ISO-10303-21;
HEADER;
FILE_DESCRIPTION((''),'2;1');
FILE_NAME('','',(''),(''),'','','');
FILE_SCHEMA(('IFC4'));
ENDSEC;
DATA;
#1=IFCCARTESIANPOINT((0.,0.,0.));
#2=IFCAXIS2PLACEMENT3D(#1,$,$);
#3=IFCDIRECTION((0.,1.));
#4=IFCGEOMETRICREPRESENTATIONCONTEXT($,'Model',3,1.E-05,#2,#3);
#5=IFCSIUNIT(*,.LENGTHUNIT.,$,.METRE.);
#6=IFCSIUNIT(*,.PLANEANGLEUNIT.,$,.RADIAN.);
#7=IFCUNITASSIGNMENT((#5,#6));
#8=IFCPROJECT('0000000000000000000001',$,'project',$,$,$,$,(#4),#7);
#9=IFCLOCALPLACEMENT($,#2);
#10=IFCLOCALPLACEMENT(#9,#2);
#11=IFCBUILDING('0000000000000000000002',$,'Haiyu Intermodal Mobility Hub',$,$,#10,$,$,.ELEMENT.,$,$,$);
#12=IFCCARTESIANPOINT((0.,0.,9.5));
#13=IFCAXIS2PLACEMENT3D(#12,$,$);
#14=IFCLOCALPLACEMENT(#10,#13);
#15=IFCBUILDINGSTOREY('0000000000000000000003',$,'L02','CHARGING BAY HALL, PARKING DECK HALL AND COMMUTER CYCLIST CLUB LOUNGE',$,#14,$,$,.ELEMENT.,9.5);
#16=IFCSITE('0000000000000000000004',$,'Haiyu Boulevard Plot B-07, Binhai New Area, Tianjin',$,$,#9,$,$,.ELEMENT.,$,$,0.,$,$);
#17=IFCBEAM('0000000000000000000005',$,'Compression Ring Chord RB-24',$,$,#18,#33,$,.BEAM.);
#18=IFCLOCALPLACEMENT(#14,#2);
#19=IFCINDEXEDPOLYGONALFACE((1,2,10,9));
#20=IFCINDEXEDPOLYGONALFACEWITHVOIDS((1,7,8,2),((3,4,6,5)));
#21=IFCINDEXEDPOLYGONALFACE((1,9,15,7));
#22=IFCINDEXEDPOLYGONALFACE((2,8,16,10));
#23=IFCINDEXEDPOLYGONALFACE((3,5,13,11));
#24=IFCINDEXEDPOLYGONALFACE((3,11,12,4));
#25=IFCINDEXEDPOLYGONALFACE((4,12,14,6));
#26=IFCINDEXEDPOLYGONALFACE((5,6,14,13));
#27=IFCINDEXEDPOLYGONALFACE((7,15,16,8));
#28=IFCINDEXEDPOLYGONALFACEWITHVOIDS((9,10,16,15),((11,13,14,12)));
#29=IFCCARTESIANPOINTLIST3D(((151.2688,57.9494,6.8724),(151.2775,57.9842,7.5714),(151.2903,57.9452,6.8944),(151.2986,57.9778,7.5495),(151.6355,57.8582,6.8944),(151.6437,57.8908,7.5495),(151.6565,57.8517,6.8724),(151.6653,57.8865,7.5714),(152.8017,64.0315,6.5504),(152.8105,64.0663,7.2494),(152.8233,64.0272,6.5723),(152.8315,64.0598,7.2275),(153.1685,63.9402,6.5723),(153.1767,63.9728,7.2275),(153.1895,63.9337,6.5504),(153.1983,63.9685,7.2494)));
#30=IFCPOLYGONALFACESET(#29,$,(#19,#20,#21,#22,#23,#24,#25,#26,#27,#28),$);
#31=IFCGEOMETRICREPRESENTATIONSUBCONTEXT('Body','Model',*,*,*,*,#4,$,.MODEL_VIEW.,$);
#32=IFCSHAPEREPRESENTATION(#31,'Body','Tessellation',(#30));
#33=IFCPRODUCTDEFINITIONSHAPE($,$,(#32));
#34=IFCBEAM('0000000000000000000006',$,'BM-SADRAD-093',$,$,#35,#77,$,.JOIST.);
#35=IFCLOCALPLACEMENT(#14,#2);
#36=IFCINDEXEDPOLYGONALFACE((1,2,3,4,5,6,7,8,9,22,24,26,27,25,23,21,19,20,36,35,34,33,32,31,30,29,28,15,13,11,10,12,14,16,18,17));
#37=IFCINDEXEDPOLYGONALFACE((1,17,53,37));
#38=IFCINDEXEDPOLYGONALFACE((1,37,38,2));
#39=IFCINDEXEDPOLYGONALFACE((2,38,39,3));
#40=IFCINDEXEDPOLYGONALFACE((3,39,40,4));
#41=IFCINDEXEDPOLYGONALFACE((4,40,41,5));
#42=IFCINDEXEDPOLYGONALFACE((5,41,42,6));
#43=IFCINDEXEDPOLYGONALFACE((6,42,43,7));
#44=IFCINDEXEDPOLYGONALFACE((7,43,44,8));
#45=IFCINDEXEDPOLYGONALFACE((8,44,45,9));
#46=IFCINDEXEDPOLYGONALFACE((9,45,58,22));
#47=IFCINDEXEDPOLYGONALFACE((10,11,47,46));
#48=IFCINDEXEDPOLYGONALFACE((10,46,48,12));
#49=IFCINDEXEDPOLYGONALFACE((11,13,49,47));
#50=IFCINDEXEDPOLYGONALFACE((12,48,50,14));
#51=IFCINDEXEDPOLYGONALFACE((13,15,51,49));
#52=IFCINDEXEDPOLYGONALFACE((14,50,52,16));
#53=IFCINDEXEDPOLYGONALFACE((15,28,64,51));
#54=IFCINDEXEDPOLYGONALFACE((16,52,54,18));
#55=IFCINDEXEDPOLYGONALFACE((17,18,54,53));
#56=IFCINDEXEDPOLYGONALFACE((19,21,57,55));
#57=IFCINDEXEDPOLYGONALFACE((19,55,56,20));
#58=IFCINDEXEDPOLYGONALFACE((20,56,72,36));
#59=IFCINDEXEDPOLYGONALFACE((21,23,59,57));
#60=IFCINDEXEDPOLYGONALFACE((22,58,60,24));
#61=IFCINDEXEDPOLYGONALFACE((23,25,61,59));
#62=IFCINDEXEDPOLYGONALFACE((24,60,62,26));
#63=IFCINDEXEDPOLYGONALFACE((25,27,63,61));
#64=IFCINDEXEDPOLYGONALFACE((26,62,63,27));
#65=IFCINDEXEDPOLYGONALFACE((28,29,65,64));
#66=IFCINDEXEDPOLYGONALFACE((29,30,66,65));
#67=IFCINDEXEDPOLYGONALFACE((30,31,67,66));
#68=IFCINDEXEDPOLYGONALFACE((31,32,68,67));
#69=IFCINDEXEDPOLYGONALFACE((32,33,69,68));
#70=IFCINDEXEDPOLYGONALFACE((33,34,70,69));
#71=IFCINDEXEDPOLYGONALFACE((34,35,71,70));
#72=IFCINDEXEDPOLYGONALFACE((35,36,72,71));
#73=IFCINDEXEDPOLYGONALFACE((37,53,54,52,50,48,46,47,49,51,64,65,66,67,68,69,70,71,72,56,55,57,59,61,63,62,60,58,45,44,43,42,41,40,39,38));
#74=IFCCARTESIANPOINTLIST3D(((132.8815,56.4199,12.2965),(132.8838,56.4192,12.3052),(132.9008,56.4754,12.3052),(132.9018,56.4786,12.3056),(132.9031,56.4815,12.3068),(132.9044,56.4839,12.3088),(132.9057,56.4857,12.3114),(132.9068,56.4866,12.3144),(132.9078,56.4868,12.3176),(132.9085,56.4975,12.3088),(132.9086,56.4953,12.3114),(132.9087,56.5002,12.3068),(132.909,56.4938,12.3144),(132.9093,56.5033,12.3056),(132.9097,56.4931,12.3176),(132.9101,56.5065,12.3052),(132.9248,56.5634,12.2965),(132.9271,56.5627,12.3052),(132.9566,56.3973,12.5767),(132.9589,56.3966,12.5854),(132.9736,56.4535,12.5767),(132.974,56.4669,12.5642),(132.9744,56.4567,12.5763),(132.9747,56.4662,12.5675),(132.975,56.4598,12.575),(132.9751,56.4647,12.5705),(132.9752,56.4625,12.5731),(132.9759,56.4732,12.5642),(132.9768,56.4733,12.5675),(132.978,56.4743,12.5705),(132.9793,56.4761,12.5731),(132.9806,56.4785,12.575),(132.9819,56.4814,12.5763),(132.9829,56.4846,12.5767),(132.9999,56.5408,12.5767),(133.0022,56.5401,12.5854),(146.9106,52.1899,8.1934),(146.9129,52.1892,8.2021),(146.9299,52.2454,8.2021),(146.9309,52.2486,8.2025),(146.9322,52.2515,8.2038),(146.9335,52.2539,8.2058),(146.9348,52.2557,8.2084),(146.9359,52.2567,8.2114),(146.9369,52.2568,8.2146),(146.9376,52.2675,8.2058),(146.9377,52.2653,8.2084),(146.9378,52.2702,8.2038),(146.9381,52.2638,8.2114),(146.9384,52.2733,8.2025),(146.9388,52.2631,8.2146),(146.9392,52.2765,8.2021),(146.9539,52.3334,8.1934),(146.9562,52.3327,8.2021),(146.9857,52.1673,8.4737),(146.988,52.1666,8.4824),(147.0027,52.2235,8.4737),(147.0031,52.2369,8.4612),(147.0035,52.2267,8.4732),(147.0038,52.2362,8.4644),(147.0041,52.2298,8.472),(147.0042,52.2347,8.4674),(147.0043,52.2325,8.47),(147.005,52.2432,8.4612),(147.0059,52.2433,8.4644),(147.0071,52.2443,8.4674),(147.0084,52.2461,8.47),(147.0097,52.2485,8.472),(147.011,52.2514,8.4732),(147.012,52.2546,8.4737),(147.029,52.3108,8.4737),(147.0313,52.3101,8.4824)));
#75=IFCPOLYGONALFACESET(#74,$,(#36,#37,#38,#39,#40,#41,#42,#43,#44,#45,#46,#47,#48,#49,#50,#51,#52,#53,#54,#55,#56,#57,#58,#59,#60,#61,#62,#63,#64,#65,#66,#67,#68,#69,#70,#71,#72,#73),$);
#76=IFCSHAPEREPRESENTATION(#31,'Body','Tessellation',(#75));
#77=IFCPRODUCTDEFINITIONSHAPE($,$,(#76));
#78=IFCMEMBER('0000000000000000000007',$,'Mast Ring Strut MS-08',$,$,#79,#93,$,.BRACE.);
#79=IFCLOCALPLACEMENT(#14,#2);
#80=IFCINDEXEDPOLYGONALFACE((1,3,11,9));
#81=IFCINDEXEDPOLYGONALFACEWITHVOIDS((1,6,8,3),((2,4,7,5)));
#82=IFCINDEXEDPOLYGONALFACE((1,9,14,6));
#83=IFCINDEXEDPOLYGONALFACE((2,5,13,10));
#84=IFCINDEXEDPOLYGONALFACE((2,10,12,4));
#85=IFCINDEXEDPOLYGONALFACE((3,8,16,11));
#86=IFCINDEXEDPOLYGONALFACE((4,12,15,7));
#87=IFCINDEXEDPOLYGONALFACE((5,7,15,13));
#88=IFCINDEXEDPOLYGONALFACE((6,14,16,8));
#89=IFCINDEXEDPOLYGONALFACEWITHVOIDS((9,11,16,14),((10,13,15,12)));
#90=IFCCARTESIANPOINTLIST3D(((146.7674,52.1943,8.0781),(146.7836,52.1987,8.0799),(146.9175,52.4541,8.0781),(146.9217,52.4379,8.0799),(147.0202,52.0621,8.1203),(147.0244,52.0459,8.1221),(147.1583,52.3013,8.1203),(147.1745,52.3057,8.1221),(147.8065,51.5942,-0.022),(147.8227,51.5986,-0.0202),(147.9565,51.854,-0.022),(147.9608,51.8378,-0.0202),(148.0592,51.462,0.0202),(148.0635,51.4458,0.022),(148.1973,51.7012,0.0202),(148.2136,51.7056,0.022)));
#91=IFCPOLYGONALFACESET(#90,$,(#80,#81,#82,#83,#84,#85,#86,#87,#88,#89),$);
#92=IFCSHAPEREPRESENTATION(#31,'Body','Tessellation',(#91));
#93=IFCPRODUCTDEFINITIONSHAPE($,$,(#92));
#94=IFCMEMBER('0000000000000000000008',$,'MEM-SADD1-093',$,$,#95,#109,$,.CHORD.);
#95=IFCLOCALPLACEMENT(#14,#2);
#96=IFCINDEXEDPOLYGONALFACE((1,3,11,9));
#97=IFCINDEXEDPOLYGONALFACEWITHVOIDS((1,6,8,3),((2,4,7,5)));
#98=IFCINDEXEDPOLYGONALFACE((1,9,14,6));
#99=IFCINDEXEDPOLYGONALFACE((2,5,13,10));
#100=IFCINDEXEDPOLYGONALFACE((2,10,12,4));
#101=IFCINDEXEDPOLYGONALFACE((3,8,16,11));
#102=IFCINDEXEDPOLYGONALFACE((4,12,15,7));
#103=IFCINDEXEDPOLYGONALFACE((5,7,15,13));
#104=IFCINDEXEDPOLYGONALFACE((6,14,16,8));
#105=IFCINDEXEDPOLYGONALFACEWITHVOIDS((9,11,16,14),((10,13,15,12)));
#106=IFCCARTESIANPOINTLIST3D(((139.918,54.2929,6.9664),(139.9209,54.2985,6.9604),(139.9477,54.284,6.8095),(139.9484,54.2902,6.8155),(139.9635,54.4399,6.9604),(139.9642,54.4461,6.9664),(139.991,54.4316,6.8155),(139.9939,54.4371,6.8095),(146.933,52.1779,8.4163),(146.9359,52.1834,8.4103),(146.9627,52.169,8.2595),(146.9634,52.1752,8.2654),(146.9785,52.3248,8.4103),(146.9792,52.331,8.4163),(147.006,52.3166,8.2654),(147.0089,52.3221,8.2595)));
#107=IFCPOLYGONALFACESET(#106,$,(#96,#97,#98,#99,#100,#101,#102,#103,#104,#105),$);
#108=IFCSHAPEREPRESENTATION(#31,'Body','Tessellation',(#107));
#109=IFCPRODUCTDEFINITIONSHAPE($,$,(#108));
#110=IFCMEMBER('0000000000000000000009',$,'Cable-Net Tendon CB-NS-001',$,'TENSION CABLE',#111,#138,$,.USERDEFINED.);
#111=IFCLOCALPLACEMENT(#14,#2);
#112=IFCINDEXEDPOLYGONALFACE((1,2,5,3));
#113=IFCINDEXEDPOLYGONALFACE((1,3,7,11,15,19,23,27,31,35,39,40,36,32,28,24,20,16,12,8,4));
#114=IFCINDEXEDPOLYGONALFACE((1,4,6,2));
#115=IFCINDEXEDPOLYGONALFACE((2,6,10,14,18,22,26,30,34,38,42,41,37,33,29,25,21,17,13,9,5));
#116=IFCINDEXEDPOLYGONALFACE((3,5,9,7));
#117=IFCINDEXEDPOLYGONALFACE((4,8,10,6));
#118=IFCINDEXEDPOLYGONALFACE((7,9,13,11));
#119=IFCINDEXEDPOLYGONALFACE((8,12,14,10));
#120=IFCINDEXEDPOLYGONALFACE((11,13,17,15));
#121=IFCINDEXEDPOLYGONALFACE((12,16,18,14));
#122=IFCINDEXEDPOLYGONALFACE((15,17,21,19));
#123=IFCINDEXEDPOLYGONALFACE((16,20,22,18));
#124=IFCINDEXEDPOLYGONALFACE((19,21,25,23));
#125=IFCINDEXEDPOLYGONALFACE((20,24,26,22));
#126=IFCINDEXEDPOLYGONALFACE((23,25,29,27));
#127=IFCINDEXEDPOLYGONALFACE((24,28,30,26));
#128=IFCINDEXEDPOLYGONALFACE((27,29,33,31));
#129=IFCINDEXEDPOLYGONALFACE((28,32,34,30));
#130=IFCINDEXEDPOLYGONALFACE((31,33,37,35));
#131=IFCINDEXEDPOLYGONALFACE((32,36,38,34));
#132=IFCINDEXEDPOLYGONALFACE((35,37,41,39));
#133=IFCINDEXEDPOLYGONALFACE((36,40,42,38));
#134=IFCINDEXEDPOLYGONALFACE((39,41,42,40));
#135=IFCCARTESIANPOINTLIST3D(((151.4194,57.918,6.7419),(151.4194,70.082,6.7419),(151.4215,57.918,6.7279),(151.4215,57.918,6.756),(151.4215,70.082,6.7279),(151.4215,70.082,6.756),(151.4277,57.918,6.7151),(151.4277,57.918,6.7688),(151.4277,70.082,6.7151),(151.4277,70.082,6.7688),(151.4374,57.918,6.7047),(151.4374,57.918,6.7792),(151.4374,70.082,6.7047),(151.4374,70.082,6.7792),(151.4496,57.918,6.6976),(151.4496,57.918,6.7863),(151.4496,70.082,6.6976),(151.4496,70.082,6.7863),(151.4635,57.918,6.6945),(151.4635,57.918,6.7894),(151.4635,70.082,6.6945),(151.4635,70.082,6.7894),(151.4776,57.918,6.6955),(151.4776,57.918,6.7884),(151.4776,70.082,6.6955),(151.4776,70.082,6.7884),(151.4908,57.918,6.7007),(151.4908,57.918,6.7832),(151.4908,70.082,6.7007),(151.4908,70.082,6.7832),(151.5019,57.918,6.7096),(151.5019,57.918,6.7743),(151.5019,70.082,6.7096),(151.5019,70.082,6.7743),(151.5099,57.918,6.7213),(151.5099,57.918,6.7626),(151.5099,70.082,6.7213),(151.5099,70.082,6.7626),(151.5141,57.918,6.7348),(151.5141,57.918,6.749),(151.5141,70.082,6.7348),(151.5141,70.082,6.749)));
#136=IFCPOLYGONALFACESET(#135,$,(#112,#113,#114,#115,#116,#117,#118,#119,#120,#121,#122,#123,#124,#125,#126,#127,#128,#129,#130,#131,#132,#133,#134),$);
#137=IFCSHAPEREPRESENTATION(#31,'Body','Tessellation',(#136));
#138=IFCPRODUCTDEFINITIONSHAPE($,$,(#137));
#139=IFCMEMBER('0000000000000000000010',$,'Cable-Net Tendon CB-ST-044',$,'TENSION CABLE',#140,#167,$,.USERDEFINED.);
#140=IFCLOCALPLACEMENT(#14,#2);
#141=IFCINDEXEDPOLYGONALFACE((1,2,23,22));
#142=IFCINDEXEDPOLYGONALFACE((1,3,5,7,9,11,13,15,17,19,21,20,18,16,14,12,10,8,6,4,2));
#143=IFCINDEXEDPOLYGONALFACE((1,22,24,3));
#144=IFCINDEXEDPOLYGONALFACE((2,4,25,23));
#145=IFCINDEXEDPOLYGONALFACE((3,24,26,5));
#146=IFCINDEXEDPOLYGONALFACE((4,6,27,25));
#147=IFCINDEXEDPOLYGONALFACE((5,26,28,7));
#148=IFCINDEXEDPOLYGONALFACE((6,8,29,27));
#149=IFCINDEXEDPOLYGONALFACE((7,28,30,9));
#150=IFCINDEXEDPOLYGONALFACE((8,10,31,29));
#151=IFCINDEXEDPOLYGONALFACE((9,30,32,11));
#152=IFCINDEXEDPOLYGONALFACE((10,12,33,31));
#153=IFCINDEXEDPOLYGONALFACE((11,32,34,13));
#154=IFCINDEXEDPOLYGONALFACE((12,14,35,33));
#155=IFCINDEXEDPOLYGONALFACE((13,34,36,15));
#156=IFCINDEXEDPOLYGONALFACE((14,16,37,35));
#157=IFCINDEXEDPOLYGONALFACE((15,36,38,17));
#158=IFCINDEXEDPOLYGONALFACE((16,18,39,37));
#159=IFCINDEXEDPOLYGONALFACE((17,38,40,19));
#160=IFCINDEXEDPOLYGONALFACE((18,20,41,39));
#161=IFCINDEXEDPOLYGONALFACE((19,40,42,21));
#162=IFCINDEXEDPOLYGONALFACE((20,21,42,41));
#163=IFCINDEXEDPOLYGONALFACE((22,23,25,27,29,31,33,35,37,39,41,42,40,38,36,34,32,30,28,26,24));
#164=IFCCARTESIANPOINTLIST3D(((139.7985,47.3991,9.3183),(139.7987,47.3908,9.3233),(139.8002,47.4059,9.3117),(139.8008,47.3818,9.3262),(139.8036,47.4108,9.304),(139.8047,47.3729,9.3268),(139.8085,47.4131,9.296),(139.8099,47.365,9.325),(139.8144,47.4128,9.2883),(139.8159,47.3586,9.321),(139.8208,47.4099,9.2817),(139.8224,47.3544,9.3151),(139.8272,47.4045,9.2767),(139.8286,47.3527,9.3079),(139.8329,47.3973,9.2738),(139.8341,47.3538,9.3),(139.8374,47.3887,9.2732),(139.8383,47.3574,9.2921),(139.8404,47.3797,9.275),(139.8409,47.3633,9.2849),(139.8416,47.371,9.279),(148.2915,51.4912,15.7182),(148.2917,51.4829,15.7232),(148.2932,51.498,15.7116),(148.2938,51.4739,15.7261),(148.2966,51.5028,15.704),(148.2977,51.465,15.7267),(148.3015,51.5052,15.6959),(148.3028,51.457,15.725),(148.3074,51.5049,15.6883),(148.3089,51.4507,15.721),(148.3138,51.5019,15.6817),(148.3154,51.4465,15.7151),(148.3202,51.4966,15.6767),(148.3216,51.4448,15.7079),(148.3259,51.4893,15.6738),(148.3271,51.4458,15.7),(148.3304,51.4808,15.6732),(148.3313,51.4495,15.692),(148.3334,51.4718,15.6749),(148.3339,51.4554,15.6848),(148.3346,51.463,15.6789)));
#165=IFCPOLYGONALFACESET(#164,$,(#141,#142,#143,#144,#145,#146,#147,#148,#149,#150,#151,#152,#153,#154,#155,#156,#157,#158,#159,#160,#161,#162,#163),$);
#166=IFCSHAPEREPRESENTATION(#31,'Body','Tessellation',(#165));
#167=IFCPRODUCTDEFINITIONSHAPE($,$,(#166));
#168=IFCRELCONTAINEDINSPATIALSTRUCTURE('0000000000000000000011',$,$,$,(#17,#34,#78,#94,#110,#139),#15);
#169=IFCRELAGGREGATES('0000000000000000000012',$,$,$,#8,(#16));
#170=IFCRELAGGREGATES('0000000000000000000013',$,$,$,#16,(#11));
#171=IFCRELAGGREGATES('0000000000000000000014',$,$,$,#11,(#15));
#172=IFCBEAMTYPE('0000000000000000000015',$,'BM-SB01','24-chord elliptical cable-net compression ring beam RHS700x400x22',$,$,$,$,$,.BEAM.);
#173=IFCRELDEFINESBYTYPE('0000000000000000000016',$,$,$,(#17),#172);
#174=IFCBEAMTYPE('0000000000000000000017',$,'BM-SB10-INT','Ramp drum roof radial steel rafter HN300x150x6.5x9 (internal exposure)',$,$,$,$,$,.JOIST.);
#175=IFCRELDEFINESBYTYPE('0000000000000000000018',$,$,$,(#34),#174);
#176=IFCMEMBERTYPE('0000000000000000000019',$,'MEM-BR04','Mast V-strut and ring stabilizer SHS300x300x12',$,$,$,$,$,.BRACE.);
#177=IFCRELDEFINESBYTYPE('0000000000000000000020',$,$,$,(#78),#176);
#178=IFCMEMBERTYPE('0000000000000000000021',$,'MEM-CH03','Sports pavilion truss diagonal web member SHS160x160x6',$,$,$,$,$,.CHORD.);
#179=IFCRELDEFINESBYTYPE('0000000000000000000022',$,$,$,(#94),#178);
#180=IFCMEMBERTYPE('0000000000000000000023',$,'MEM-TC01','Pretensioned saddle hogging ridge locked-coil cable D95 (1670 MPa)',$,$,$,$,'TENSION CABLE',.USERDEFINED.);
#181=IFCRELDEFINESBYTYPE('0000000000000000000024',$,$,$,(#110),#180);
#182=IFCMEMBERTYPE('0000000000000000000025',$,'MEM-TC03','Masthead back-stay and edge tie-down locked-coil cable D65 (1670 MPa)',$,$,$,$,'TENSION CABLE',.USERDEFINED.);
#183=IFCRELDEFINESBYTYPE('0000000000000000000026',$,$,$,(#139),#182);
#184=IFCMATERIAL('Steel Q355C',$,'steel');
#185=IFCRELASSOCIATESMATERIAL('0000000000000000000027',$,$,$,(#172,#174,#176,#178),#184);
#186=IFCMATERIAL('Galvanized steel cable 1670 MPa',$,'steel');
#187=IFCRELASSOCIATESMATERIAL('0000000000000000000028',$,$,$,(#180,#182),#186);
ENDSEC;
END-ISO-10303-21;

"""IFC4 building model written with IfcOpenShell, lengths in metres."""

from ifc_helpers import new_model, si_unit, direction, frame, origin, origin_2d, place, context, subcontext, project, spatial, hollow_rectangle, circle, i_section, extrude, material, material_profile, profile_set, type_object, element, save


model = new_model("IFC4")

# Units and contexts
model_context = context("Model", 3, precision=1e-05, world=origin(), true_north=direction((0.0, 1.0)))
body_context = subcontext(model_context, "Body", "Model", "MODEL_VIEW")
ifc_project = project(units=[si_unit("LENGTHUNIT", "METRE"), si_unit("PLANEANGLEUNIT", "RADIAN")], contexts=[model_context])

# Site, building, storey
site_placement = place(None, origin())
site = spatial("IfcSite", under=ifc_project, at=site_placement, Name="Haiyu Boulevard Plot B-07, Binhai New Area, Tianjin", CompositionType="ELEMENT", RefElevation=0.0)
building_placement = place(site_placement, origin())
building = spatial("IfcBuilding", under=site, at=building_placement, Name="Haiyu Intermodal Mobility Hub", CompositionType="ELEMENT")
storey_placement = place(building_placement, frame((0.0, 0.0, 9.5)))
storey = spatial("IfcBuildingStorey", under=building, at=storey_placement, Name="L02", Description="CHARGING BAY HALL, PARKING DECK HALL AND COMMUTER CYCLIST CLUB LOUNGE", CompositionType="ELEMENT", Elevation=9.5)

# Shared definitions
ifc_material_1 = material(Name="Steel Q355C", Category="steel")

# Beams
ifc_material_profile_1 = material_profile(ifc_material_1, hollow_rectangle(XDim=0.3999, YDim=0.7, WallThickness=0.022, at=origin_2d()), Name="RHS700x400x22")
ifc_profile_set_1 = profile_set([ifc_material_profile_1], Name="Steel Q355C")
beam_type_1 = type_object("IfcBeamType", Name="BM-SB01", Description="24-chord elliptical cable-net compression ring beam RHS700x400x22", PredefinedType="BEAM", material=ifc_profile_set_1)
beam_1_placement = place(storey_placement, frame((151.467, 57.918, 7.2219), z_axis=(0.244082, 0.968398, -0.051273), x_axis=(-0.969674, 0.244404, 0.0)))
element("IfcBeam", 1, at=beam_1_placement, inside=storey, type_object=beam_type_1, Name="Compression Ring Chord RB-24", PredefinedType="BEAM", context=body_context, shape_type="SweptSolid", body=[
    extrude(hollow_rectangle(XDim=0.3999, YDim=0.7, WallThickness=0.022, at=origin_2d()), origin(), (0.0, 0.0, 1.0), 6.2805),
])
ifc_material_profile_2 = material_profile(ifc_material_1, i_section(OverallWidth=0.1499, OverallDepth=0.3, WebThickness=0.0066, FlangeThickness=0.009, FilletRadius=0.0129, at=origin_2d()), Name="HN300x150x6.5x9")
ifc_profile_set_2 = profile_set([ifc_material_profile_2], Name="Steel Q355C")
beam_type_2 = type_object("IfcBeamType", Name="BM-SB10-INT", Description="Ramp drum roof radial steel rafter HN300x150x6.5x9 (internal exposure)", PredefinedType="JOIST", material=ifc_profile_set_2)
beam_2_placement = place(storey_placement, frame((146.9709, 52.25, 8.3379), z_axis=(-0.921963, 0.277986, 0.269643), x_axis=(-0.288679, -0.957426, 0.0)))
element("IfcBeam", 2, at=beam_2_placement, inside=storey, type_object=beam_type_2, Name="BM-SADRAD-093", PredefinedType="JOIST", context=body_context, shape_type="SweptSolid", body=[
    extrude(i_section(OverallWidth=0.1499, OverallDepth=0.3, WebThickness=0.0066, FlangeThickness=0.009, FilletRadius=0.0129, at=origin_2d()), origin(), (0.0, 0.0, 1.0), 15.2166),
])

# Members
ifc_material_profile_3 = material_profile(ifc_material_1, hollow_rectangle(XDim=0.3, YDim=0.3, WallThickness=0.012, at=origin_2d()), Name="SHS300x300x12")
ifc_profile_set_3 = profile_set([ifc_material_profile_3], Name="Steel Q355C")
member_type_1 = type_object("IfcMemberType", Name="MEM-BR04", Description="Mast V-strut and ring stabilizer SHS300x300x12", PredefinedType="BRACE", material=ifc_profile_set_3)
member_1_placement = place(storey_placement, frame((148.01, 51.6499, 0.0), z_axis=(-0.126893, 0.073286, 0.989205), x_axis=(-0.500122, -0.865955, 0.0)))
element("IfcMember", 3, at=member_1_placement, inside=storey, type_object=member_type_1, Name="Mast Ring Strut MS-08", PredefinedType="BRACE", context=body_context, shape_type="SweptSolid", body=[
    extrude(hollow_rectangle(XDim=0.3, YDim=0.3, WallThickness=0.012, at=origin_2d()), origin(), (0.0, 0.0, 1.0), 8.1885),
])
ifc_material_profile_4 = material_profile(ifc_material_1, hollow_rectangle(XDim=0.1599, YDim=0.1599, WallThickness=0.0061, at=origin_2d()), Name="SHS160x160x6")
ifc_profile_set_4 = profile_set([ifc_material_profile_4], Name="Steel Q355C")
member_type_2 = type_object("IfcMemberType", Name="MEM-CH03", Description="Sports pavilion truss diagonal web member SHS160x160x6", PredefinedType="CHORD", material=ifc_profile_set_4)
member_2_placement = place(storey_placement, frame((146.9709, 52.25, 8.3379), z_axis=(-0.939215, 0.283173, -0.194132), x_axis=(-0.288665, -0.95743, 0.0)))
element("IfcMember", 4, at=member_2_placement, inside=storey, type_object=member_type_2, Name="MEM-SADD1-093", PredefinedType="CHORD", context=body_context, shape_type="SweptSolid", body=[
    extrude(hollow_rectangle(XDim=0.1599, YDim=0.1599, WallThickness=0.0061, at=origin_2d()), origin(), (0.0, 0.0, 1.0), 7.469),
])
ifc_material_2 = material(Name="Galvanized steel cable 1670 MPa", Category="steel")
ifc_material_profile_5 = material_profile(ifc_material_2, circle(Radius=0.0476, at=origin_2d()), Name="CABLE95")
ifc_profile_set_5 = profile_set([ifc_material_profile_5], Name="Galvanized steel cable 1670 MPa")
member_type_3 = type_object("IfcMemberType", Name="MEM-TC01", Description="Pretensioned saddle hogging ridge locked-coil cable D95 (1670 MPa)", ElementType="TENSION CABLE", PredefinedType="USERDEFINED", material=ifc_profile_set_5)
member_3_placement = place(storey_placement, frame((151.467, 57.918, 6.7419), z_axis=(0.0, 1.0, 0.0), x_axis=(-1.0, 0.0, 0.0)))
element("IfcMember", 5, at=member_3_placement, inside=storey, type_object=member_type_3, Name="Cable-Net Tendon CB-NS-001", ObjectType="TENSION CABLE", PredefinedType="USERDEFINED", context=body_context, shape_type="SweptSolid", body=[
    extrude(circle(Radius=0.0476, at=origin_2d()), origin(), (0.0, 0.0, 1.0), 12.1641),
])
ifc_material_profile_6 = material_profile(ifc_material_2, circle(Radius=0.0325, at=origin_2d()), Name="CABLE65")
ifc_profile_set_6 = profile_set([ifc_material_profile_6], Name="Galvanized steel cable 1670 MPa")
member_type_4 = type_object("IfcMemberType", Name="MEM-TC03", Description="Masthead back-stay and edge tie-down locked-coil cable D65 (1670 MPa)", ElementType="TENSION CABLE", PredefinedType="USERDEFINED", material=ifc_profile_set_6)
member_4_placement = place(storey_placement, frame((148.313, 51.4751, 15.7), z_axis=(-0.745357, -0.359126, -0.561669), x_axis=(0.434062, -0.900883, 0.0)))
element("IfcMember", 6, at=member_4_placement, inside=storey, type_object=member_type_4, Name="Cable-Net Tendon CB-ST-044", ObjectType="TENSION CABLE", PredefinedType="USERDEFINED", context=body_context, shape_type="SweptSolid", body=[
    extrude(circle(Radius=0.0325, at=origin_2d()), origin(), (0.0, 0.0, 1.0), 11.3945),
])

save(model, "model.ifc")
